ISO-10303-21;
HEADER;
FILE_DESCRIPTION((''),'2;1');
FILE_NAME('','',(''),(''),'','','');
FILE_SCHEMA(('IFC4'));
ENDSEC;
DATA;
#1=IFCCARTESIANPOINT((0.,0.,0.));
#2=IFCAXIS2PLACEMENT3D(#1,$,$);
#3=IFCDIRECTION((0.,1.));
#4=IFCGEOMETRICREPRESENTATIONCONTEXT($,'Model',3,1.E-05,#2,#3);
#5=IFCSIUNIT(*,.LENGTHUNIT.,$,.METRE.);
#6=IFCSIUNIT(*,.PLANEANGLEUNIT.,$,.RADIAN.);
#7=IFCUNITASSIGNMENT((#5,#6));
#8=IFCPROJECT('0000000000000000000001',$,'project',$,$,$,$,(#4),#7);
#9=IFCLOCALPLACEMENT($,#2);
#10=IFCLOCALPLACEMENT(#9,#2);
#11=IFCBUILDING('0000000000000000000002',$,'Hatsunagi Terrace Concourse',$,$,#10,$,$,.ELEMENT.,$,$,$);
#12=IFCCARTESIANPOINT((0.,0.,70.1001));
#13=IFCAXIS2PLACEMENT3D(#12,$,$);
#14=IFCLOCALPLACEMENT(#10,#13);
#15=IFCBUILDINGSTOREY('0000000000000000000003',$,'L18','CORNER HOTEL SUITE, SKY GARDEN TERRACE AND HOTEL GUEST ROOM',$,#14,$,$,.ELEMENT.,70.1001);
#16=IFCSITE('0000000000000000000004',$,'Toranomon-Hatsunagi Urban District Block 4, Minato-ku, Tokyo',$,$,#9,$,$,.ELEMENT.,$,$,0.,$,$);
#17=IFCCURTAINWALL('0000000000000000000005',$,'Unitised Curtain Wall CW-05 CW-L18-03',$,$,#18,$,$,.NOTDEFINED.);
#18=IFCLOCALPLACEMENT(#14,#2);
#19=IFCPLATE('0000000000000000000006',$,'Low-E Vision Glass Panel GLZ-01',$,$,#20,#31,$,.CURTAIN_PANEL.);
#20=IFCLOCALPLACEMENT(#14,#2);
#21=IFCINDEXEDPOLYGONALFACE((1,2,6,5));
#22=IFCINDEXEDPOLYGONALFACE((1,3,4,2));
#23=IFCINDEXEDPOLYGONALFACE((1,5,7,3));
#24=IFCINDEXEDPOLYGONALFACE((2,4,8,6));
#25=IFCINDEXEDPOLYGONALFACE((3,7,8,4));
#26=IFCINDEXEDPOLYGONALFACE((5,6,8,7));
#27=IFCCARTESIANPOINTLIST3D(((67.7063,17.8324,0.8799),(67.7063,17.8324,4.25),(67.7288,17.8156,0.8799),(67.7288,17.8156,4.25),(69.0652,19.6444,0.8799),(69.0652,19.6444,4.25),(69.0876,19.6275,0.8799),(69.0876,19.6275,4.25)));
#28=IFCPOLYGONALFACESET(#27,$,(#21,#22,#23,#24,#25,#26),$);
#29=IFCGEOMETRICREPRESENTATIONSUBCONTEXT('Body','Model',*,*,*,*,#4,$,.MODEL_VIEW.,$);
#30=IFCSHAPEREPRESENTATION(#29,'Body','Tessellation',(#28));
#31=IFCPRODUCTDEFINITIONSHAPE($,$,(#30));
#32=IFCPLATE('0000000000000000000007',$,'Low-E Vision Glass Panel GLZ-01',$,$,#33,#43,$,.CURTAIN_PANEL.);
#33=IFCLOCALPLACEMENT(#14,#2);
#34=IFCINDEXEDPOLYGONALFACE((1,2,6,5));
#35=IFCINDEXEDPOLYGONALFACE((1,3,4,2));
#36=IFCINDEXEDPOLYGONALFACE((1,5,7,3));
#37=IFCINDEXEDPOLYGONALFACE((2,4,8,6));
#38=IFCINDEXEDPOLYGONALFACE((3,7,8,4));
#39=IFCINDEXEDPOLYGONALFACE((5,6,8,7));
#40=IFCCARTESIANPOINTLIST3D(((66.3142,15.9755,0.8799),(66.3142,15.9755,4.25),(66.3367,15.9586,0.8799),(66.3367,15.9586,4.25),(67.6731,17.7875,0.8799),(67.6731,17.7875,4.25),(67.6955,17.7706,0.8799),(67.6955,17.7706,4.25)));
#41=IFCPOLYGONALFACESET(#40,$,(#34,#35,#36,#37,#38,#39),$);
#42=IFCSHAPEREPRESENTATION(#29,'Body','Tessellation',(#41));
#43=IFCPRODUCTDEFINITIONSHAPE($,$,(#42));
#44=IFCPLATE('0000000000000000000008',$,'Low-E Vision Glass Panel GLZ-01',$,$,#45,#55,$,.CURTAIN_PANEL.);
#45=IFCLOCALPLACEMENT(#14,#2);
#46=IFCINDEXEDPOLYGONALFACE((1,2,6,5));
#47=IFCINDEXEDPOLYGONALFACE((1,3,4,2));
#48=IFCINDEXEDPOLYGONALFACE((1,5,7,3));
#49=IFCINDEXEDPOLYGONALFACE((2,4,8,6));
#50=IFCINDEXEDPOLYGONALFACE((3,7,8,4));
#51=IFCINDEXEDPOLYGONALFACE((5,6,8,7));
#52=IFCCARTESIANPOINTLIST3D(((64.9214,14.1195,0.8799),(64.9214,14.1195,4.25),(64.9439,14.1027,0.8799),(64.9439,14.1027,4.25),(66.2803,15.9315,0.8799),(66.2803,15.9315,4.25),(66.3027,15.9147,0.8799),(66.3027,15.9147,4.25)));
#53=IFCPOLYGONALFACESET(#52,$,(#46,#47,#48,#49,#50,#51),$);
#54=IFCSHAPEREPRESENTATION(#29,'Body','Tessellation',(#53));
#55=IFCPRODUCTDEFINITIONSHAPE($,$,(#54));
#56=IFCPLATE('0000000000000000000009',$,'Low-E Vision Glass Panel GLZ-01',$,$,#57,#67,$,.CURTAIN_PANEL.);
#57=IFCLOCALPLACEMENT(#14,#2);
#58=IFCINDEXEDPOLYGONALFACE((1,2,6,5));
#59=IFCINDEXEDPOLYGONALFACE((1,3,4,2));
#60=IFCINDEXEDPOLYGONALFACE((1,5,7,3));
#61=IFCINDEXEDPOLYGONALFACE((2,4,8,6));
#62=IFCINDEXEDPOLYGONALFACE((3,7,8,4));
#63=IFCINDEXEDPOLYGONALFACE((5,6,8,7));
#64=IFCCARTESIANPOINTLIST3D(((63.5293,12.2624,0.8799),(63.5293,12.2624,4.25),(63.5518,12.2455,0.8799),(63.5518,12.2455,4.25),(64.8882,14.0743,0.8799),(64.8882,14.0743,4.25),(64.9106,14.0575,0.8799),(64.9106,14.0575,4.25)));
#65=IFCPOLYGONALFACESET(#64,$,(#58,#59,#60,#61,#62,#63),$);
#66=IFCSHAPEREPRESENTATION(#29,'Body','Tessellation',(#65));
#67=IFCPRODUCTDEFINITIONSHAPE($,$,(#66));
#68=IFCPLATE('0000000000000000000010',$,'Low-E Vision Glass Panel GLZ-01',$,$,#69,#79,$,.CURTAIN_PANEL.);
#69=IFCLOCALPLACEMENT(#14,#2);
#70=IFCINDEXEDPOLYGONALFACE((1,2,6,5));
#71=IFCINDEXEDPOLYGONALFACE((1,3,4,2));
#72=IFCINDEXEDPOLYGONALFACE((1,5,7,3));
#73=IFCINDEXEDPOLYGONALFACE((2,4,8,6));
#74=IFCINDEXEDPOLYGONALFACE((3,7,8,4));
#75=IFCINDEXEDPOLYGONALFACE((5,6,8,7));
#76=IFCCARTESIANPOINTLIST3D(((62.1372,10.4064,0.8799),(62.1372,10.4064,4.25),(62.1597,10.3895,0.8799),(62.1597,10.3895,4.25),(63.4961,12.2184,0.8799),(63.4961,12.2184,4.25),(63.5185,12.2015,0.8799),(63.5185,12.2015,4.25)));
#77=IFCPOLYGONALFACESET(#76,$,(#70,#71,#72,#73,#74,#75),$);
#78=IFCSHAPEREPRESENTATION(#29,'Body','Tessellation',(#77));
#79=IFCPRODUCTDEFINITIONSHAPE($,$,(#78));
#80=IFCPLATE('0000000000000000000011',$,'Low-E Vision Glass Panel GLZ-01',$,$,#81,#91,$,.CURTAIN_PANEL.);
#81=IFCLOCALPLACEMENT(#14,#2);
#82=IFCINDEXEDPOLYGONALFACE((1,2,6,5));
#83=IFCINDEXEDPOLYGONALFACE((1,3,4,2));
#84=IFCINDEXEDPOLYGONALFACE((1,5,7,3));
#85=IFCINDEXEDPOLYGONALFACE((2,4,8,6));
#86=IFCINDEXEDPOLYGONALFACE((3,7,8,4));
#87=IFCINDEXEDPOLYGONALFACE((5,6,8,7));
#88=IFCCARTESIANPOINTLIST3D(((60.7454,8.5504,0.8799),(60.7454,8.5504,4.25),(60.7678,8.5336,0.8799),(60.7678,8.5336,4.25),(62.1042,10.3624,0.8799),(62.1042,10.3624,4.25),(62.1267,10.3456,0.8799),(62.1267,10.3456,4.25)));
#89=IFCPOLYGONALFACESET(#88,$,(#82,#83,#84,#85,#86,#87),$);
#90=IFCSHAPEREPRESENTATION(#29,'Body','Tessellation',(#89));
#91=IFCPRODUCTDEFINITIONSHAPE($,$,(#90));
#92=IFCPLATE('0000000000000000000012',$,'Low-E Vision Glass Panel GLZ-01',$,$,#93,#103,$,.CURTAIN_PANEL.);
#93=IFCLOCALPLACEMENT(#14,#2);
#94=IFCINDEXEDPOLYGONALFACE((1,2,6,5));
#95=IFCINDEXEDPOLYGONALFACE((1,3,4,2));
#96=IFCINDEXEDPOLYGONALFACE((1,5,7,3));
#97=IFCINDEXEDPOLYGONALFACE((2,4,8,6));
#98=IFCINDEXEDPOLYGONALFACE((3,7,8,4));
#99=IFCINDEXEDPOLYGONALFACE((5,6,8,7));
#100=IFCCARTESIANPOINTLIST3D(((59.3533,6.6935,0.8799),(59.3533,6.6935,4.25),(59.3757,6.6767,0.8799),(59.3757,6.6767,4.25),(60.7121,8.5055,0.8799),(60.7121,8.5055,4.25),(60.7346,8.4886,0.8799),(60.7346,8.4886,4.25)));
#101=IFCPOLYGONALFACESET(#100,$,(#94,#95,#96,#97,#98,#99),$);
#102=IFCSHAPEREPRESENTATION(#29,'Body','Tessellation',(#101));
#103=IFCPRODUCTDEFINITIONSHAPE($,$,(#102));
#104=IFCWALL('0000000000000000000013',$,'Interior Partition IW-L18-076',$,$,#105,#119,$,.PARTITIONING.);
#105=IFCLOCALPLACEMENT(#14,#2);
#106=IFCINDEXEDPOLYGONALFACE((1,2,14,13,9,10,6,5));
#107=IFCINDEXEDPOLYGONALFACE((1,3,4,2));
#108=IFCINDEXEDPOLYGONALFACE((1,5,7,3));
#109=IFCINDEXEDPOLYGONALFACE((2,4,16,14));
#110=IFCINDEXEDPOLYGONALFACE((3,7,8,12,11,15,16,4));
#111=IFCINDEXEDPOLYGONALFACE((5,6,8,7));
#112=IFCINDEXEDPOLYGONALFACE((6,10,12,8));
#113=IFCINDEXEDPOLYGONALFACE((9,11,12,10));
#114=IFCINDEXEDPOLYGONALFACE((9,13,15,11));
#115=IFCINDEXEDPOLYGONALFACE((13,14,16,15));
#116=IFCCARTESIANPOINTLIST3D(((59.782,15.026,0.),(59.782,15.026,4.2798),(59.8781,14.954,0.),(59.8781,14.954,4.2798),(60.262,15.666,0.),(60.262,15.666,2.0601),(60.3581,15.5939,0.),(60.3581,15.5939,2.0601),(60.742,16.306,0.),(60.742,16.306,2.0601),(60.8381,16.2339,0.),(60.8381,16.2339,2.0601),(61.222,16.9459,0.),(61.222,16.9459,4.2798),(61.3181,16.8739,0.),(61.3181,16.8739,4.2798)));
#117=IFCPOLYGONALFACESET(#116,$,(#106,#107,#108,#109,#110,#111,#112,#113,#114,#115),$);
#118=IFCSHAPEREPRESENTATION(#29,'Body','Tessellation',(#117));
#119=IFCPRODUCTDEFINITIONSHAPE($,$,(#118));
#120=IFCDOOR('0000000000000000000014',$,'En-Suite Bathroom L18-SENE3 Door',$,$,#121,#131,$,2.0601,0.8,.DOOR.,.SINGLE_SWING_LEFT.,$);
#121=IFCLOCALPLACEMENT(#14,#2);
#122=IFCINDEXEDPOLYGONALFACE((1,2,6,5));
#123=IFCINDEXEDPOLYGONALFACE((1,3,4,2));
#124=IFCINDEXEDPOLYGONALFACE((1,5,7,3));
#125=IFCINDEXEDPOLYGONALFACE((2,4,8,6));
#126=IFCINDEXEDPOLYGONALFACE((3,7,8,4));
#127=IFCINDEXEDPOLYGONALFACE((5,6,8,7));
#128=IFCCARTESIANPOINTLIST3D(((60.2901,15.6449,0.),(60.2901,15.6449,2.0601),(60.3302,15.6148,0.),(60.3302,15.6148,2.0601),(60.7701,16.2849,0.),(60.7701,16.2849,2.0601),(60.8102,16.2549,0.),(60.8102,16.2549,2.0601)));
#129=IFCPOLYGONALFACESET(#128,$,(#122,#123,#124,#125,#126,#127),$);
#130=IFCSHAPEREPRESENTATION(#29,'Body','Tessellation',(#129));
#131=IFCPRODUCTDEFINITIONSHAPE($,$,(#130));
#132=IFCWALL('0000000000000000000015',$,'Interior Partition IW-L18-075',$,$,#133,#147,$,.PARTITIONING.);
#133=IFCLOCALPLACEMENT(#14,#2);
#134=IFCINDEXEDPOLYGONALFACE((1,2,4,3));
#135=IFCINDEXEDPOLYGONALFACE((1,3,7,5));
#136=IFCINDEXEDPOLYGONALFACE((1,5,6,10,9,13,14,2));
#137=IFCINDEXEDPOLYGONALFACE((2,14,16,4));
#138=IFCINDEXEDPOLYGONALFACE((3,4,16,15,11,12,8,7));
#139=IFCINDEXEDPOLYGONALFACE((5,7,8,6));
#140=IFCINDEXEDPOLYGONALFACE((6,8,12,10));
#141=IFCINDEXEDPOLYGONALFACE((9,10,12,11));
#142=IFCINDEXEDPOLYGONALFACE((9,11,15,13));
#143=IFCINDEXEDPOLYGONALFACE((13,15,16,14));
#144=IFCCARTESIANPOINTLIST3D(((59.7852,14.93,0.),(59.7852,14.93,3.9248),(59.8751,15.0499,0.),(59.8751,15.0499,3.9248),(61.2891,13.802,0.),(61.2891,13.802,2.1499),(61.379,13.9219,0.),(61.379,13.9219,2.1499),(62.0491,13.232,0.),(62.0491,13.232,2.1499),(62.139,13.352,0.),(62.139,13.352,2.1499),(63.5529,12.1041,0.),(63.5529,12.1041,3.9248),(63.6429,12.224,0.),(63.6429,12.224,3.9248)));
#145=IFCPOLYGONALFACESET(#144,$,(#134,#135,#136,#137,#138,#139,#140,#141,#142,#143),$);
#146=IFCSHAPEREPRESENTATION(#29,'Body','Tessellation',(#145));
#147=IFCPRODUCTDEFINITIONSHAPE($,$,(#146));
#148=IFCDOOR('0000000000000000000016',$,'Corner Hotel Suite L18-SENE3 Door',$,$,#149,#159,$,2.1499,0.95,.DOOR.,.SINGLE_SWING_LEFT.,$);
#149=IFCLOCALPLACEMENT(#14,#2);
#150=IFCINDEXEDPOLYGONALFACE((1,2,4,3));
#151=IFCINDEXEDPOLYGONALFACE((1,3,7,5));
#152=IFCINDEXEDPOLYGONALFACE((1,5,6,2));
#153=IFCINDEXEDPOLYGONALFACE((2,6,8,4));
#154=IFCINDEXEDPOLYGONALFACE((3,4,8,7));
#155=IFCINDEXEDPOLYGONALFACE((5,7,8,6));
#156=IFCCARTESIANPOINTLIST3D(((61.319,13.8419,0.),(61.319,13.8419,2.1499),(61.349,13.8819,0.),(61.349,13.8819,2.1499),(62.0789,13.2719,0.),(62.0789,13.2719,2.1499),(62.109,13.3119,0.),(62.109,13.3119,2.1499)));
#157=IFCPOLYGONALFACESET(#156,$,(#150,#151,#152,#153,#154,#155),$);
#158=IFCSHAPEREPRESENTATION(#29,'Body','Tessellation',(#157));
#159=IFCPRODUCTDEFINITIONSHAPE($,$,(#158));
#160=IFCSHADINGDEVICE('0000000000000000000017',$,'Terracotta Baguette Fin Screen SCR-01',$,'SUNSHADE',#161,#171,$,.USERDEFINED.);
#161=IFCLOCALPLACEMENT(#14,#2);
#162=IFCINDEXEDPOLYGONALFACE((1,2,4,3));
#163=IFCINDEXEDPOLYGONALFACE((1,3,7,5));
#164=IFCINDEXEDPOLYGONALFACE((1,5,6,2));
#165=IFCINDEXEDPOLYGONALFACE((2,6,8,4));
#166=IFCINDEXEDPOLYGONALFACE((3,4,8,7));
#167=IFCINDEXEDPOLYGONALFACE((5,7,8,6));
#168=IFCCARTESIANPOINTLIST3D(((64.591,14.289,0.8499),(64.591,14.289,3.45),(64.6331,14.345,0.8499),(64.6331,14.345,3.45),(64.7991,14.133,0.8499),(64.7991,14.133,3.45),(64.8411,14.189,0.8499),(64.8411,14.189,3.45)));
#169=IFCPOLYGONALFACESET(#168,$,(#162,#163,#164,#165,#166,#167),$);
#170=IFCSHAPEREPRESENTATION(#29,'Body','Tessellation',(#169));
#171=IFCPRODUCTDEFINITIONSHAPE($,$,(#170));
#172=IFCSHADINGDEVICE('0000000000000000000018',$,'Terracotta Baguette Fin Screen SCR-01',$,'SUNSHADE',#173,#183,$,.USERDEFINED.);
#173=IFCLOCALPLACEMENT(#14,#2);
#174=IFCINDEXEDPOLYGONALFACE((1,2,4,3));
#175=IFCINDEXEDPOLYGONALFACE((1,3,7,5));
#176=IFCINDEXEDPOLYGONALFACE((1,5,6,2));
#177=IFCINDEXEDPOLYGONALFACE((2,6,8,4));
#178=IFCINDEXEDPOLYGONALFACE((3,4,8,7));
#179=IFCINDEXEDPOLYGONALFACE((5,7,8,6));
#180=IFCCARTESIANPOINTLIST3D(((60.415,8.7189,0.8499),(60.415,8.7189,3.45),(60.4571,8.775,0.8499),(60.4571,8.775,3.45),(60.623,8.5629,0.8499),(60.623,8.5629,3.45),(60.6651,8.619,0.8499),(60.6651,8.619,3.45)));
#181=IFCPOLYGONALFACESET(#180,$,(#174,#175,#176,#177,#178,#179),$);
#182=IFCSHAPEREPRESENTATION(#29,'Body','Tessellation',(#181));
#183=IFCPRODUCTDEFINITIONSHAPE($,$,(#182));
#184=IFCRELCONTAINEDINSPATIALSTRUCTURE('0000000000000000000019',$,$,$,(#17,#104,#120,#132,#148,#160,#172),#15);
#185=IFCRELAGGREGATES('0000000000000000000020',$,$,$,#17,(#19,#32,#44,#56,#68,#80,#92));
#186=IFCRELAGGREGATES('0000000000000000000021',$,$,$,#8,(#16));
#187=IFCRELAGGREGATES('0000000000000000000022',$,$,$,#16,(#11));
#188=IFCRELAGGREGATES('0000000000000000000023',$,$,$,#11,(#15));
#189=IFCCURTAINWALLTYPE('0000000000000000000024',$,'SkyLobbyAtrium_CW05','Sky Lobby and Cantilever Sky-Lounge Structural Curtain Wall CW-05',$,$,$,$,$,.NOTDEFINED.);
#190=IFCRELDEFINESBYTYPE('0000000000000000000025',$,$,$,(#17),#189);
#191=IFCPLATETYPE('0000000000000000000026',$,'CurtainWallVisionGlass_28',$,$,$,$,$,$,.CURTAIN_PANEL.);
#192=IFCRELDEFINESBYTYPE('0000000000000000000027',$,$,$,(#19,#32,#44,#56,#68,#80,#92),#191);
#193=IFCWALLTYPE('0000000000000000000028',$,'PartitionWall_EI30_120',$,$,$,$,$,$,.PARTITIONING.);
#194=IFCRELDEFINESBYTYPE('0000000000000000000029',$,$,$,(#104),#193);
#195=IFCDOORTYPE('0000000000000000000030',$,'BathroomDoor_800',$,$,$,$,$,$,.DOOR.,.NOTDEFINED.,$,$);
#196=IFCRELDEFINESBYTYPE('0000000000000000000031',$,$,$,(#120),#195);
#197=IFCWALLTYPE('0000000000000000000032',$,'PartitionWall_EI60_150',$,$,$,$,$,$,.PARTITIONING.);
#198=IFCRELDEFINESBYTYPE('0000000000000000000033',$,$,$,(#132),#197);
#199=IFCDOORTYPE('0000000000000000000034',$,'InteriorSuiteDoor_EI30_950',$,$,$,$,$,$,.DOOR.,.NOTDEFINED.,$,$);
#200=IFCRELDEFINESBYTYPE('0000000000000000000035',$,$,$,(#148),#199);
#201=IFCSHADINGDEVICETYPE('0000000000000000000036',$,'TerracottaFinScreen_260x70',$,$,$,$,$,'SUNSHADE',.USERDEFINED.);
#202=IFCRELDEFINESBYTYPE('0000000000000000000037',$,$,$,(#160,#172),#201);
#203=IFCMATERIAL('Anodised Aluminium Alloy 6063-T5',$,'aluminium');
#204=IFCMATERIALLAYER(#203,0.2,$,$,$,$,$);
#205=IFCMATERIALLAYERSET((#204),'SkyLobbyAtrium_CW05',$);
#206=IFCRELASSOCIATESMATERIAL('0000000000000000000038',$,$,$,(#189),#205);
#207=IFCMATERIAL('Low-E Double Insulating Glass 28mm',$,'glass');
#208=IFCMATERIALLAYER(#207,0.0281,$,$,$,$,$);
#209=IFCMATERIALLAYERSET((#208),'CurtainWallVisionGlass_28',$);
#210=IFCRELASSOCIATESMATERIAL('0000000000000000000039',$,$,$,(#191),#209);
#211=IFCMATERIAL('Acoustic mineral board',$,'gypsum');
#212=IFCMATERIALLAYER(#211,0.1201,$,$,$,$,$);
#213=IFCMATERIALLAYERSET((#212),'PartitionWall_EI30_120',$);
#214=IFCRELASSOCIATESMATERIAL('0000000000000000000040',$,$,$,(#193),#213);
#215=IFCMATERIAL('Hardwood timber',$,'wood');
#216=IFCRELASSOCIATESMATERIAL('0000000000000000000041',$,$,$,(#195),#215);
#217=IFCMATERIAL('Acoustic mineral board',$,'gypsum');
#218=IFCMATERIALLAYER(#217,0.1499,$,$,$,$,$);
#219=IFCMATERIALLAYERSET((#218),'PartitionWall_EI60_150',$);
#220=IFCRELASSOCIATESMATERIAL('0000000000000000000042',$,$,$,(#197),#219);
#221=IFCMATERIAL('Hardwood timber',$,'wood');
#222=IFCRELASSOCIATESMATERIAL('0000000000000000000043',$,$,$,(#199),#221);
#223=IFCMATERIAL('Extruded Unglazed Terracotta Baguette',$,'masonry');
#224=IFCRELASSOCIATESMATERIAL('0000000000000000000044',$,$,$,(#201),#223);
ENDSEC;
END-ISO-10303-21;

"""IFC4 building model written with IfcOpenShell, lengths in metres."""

from ifc_helpers import new_model, si_unit, direction, frame, frame_2d, origin, origin_2d, place, context, subcontext, project, spatial, rectangle, extrude, material, layer, layer_set, type_object, element, fill, aggregate, save


model = new_model("IFC4")

# Units and contexts
model_context = context("Model", 3, precision=1e-05, world=origin(), true_north=direction((0.0, 1.0)))
body_context = subcontext(model_context, "Body", "Model", "MODEL_VIEW")
ifc_project = project(units=[si_unit("LENGTHUNIT", "METRE"), si_unit("PLANEANGLEUNIT", "RADIAN")], contexts=[model_context])

# Site, building, storey
site_placement = place(None, origin())
site = spatial("IfcSite", under=ifc_project, at=site_placement, Name="Toranomon-Hatsunagi Urban District Block 4, Minato-ku, Tokyo", CompositionType="ELEMENT", RefElevation=0.0)
building_placement = place(site_placement, origin())
building = spatial("IfcBuilding", under=site, at=building_placement, Name="Hatsunagi Terrace Concourse", CompositionType="ELEMENT")
storey_placement = place(building_placement, frame((0.0, 0.0, 70.1001)))
storey = spatial("IfcBuildingStorey", under=building, at=storey_placement, Name="L18", Description="CORNER HOTEL SUITE, SKY GARDEN TERRACE AND HOTEL GUEST ROOM", CompositionType="ELEMENT", Elevation=70.1001)

# Curtain wall, plates
ifc_material_1 = material(Name="Anodised Aluminium Alloy 6063-T5", Category="aluminium")
ifc_layer_1 = layer(ifc_material_1, 0.2)
ifc_layer_set_1 = layer_set([ifc_layer_1], Name="SkyLobbyAtrium_CW05")
curtain_wall_type = type_object("IfcCurtainWallType", Name="SkyLobbyAtrium_CW05", Description="Sky Lobby and Cantilever Sky-Lounge Structural Curtain Wall CW-05", PredefinedType="NOTDEFINED", material=ifc_layer_set_1)
curtain_wall_placement = place(storey_placement, origin())
curtain_wall = element("IfcCurtainWall", 1, at=curtain_wall_placement, inside=storey, type_object=curtain_wall_type, Name="Unitised Curtain Wall CW-05 CW-L18-03", PredefinedType="NOTDEFINED")
ifc_material_2 = material(Name="Low-E Double Insulating Glass 28mm", Category="glass")
ifc_layer_2 = layer(ifc_material_2, 0.0281)
ifc_layer_set_2 = layer_set([ifc_layer_2], Name="CurtainWallVisionGlass_28")
plate_type_1 = type_object("IfcPlateType", Name="CurtainWallVisionGlass_28", PredefinedType="CURTAIN_PANEL", material=ifc_layer_set_2)
plate_1_placement = place(storey_placement, frame((68.397, 18.73, 0.8799), z_axis=(0.0, 0.0, 1.0), x_axis=(-0.599969, -0.800023, 0.0)))
plate_1 = element("IfcPlate", 2, at=plate_1_placement, type_object=plate_type_1, Name="Low-E Vision Glass Panel GLZ-01", PredefinedType="CURTAIN_PANEL", context=body_context, shape_type="SweptSolid", body=[
    extrude(rectangle(XDim=2.2649, YDim=0.0281, at=origin_2d()), origin(), (0.0, 0.0, 1.0), 3.3701),
])
plate_2_placement = place(storey_placement, frame((67.0049, 16.873, 0.8799), z_axis=(0.0, 0.0, 1.0), x_axis=(-0.599969, -0.800023, 0.0)))
plate_2 = element("IfcPlate", 3, at=plate_2_placement, type_object=plate_type_1, Name="Low-E Vision Glass Panel GLZ-01", PredefinedType="CURTAIN_PANEL", context=body_context, shape_type="SweptSolid", body=[
    extrude(rectangle(XDim=2.2649, YDim=0.0281, at=origin_2d()), origin(), (0.0, 0.0, 1.0), 3.3701),
])
plate_3_placement = place(storey_placement, frame((65.6121, 15.0171, 0.8799), z_axis=(0.0, 0.0, 1.0), x_axis=(-0.599969, -0.800023, 0.0)))
plate_3 = element("IfcPlate", 4, at=plate_3_placement, type_object=plate_type_1, Name="Low-E Vision Glass Panel GLZ-01", PredefinedType="CURTAIN_PANEL", context=body_context, shape_type="SweptSolid", body=[
    extrude(rectangle(XDim=2.2649, YDim=0.0281, at=origin_2d()), origin(), (0.0, 0.0, 1.0), 3.3701),
])
plate_4_placement = place(storey_placement, frame((64.22, 13.1599, 0.8799), z_axis=(0.0, 0.0, 1.0), x_axis=(-0.599969, -0.800023, 0.0)))
plate_4 = element("IfcPlate", 5, at=plate_4_placement, type_object=plate_type_1, Name="Low-E Vision Glass Panel GLZ-01", PredefinedType="CURTAIN_PANEL", context=body_context, shape_type="SweptSolid", body=[
    extrude(rectangle(XDim=2.2649, YDim=0.0281, at=origin_2d()), origin(), (0.0, 0.0, 1.0), 3.3701),
])
plate_5_placement = place(storey_placement, frame((62.8279, 11.304, 0.8799), z_axis=(0.0, 0.0, 1.0), x_axis=(-0.599969, -0.800023, 0.0)))
plate_5 = element("IfcPlate", 6, at=plate_5_placement, type_object=plate_type_1, Name="Low-E Vision Glass Panel GLZ-01", PredefinedType="CURTAIN_PANEL", context=body_context, shape_type="SweptSolid", body=[
    extrude(rectangle(XDim=2.2649, YDim=0.0281, at=origin_2d()), origin(), (0.0, 0.0, 1.0), 3.3701),
])
plate_6_placement = place(storey_placement, frame((61.436, 9.448, 0.8799), z_axis=(0.0, 0.0, 1.0), x_axis=(-0.599969, -0.800023, 0.0)))
plate_6 = element("IfcPlate", 7, at=plate_6_placement, type_object=plate_type_1, Name="Low-E Vision Glass Panel GLZ-01", PredefinedType="CURTAIN_PANEL", context=body_context, shape_type="SweptSolid", body=[
    extrude(rectangle(XDim=2.2649, YDim=0.0281, at=origin_2d()), origin(), (0.0, 0.0, 1.0), 3.3701),
])
plate_7_placement = place(storey_placement, frame((60.0439, 7.5911, 0.8799), z_axis=(0.0, 0.0, 1.0), x_axis=(-0.599969, -0.800023, 0.0)))
plate_7 = element("IfcPlate", 8, at=plate_7_placement, type_object=plate_type_1, Name="Low-E Vision Glass Panel GLZ-01", PredefinedType="CURTAIN_PANEL", context=body_context, shape_type="SweptSolid", body=[
    extrude(rectangle(XDim=2.2649, YDim=0.0281, at=origin_2d()), origin(), (0.0, 0.0, 1.0), 3.3701),
])
aggregate(curtain_wall, [plate_1, plate_2, plate_3, plate_4, plate_5, plate_6, plate_7])

# Walls, openings, doors
ifc_material_3 = material(Name="Acoustic mineral board", Category="gypsum")
ifc_layer_3 = layer(ifc_material_3, 0.1201)
ifc_layer_set_3 = layer_set([ifc_layer_3], Name="PartitionWall_EI30_120")
wall_type_1 = type_object("IfcWallType", Name="PartitionWall_EI30_120", PredefinedType="PARTITIONING", material=ifc_layer_set_3)
wall_1_placement = place(storey_placement, frame((59.8301, 14.99, 0.0), z_axis=(0.0, 0.0, 1.0), x_axis=(0.6, 0.8, 0.0)))
wall_1 = element("IfcWall", 9, at=wall_1_placement, inside=storey, type_object=wall_type_1, Name="Interior Partition IW-L18-076", PredefinedType="PARTITIONING", context=body_context, shape_type="SweptSolid", body=[
    extrude(rectangle(XDim=2.3999, YDim=0.1201, at=frame_2d((1.2, 0.0))), origin(), (0.0, 0.0, 1.0), 4.2798),
])
opening_1_placement = place(wall_1_placement, frame((0.8, 0.0, 0.0)))
opening_1 = element("IfcOpeningElement", 10, at=opening_1_placement, cuts=wall_1, PredefinedType="OPENING", context=body_context, shape_type="SweptSolid", body=[
    extrude(rectangle(XDim=0.8, YDim=2.0601, at=frame_2d((0.3999, 1.03))), frame((0.0, 0.0701, 0.0), z_axis=(0.0, -1.0, 0.0), x_axis=(1.0, 0.0, 0.0)), (0.0, 0.0, 1.0), 0.1401),
])
ifc_material_4 = material(Name="Hardwood timber", Category="wood")
door_type_1 = type_object("IfcDoorType", Name="BathroomDoor_800", OperationType="NOTDEFINED", PredefinedType="DOOR", material=ifc_material_4)
door_1_placement = place(opening_1_placement, origin())
door_1 = element("IfcDoor", 11, at=door_1_placement, inside=storey, type_object=door_type_1, Name="En-Suite Bathroom L18-SENE3 Door", OperationType="SINGLE_SWING_LEFT", OverallHeight=2.0601, OverallWidth=0.8, PredefinedType="DOOR", context=body_context, shape_type="SweptSolid", body=[
    extrude(rectangle(XDim=0.8, YDim=2.0601, at=frame_2d((0.3999, 1.03))), frame((0.0, 0.0249, 0.0), z_axis=(0.0, -1.0, 0.0), x_axis=(1.0, 0.0, 0.0)), (0.0, 0.0, 1.0), 0.05),
])
fill(opening_1, door_1)
ifc_material_5 = material(Name="Acoustic mineral board", Category="gypsum")
ifc_layer_4 = layer(ifc_material_5, 0.1499)
ifc_layer_set_4 = layer_set([ifc_layer_4], Name="PartitionWall_EI60_150")
wall_type_2 = type_object("IfcWallType", Name="PartitionWall_EI60_150", PredefinedType="PARTITIONING", material=ifc_layer_set_4)
wall_2_placement = place(storey_placement, frame((59.8301, 14.99, 0.0), z_axis=(0.0, 0.0, 1.0), x_axis=(0.799994, -0.600008, 0.0)))
wall_2 = element("IfcWall", 12, at=wall_2_placement, inside=storey, type_object=wall_type_2, Name="Interior Partition IW-L18-075", PredefinedType="PARTITIONING", context=body_context, shape_type="SweptSolid", body=[
    extrude(rectangle(XDim=4.7097, YDim=0.1499, at=frame_2d((2.355, 0.0))), origin(), (0.0, 0.0, 1.0), 3.9248),
])
opening_2_placement = place(wall_2_placement, frame((1.8799, 0.0, 0.0)))
opening_2 = element("IfcOpeningElement", 13, at=opening_2_placement, cuts=wall_2, PredefinedType="OPENING", context=body_context, shape_type="SweptSolid", body=[
    extrude(rectangle(XDim=0.95, YDim=2.1499, at=frame_2d((0.4751, 1.075))), frame((0.0, 0.085, 0.0), z_axis=(0.0, -1.0, 0.0), x_axis=(1.0, 0.0, 0.0)), (0.0, 0.0, 1.0), 0.1699),
])
ifc_material_6 = material(Name="Hardwood timber", Category="wood")
door_type_2 = type_object("IfcDoorType", Name="InteriorSuiteDoor_EI30_950", OperationType="NOTDEFINED", PredefinedType="DOOR", material=ifc_material_6)
door_2_placement = place(opening_2_placement, origin())
door_2 = element("IfcDoor", 14, at=door_2_placement, inside=storey, type_object=door_type_2, Name="Corner Hotel Suite L18-SENE3 Door", OperationType="SINGLE_SWING_LEFT", OverallHeight=2.1499, OverallWidth=0.95, PredefinedType="DOOR", context=body_context, shape_type="SweptSolid", body=[
    extrude(rectangle(XDim=0.95, YDim=2.1499, at=frame_2d((0.4751, 1.075))), frame((0.0, 0.0249, 0.0), z_axis=(0.0, -1.0, 0.0), x_axis=(1.0, 0.0, 0.0)), (0.0, 0.0, 1.0), 0.05),
])
fill(opening_2, door_2)

# Shading devices
ifc_material_7 = material(Name="Extruded Unglazed Terracotta Baguette", Category="masonry")
shading_device_type = type_object("IfcShadingDeviceType", Name="TerracottaFinScreen_260x70", ElementType="SUNSHADE", PredefinedType="USERDEFINED", material=ifc_material_7)
for number, where, z_axis, x_axis, name in (
    (15, (64.7161, 14.239, 0.8499), (0.0, 0.0, 1.0), (-0.599969, -0.800023, 0.0), "Terracotta Baguette Fin Screen SCR-01"),
    (16, (60.54, 8.6689, 0.8499), (0.0, 0.0, 1.0), (-0.599969, -0.800023, 0.0), "Terracotta Baguette Fin Screen SCR-01"),
):
    element("IfcShadingDevice", number, at=place(storey_placement, frame(where, z_axis=z_axis, x_axis=x_axis)), inside=storey, type_object=shading_device_type, Name=name, ObjectType="SUNSHADE", PredefinedType="USERDEFINED", context=body_context, shape_type="SweptSolid", body=[
        extrude(rectangle(XDim=0.0701, YDim=0.26, at=origin_2d()), origin(), (0.0, 0.0, 1.0), 2.6001),
    ])

save(model, "model.ifc")
